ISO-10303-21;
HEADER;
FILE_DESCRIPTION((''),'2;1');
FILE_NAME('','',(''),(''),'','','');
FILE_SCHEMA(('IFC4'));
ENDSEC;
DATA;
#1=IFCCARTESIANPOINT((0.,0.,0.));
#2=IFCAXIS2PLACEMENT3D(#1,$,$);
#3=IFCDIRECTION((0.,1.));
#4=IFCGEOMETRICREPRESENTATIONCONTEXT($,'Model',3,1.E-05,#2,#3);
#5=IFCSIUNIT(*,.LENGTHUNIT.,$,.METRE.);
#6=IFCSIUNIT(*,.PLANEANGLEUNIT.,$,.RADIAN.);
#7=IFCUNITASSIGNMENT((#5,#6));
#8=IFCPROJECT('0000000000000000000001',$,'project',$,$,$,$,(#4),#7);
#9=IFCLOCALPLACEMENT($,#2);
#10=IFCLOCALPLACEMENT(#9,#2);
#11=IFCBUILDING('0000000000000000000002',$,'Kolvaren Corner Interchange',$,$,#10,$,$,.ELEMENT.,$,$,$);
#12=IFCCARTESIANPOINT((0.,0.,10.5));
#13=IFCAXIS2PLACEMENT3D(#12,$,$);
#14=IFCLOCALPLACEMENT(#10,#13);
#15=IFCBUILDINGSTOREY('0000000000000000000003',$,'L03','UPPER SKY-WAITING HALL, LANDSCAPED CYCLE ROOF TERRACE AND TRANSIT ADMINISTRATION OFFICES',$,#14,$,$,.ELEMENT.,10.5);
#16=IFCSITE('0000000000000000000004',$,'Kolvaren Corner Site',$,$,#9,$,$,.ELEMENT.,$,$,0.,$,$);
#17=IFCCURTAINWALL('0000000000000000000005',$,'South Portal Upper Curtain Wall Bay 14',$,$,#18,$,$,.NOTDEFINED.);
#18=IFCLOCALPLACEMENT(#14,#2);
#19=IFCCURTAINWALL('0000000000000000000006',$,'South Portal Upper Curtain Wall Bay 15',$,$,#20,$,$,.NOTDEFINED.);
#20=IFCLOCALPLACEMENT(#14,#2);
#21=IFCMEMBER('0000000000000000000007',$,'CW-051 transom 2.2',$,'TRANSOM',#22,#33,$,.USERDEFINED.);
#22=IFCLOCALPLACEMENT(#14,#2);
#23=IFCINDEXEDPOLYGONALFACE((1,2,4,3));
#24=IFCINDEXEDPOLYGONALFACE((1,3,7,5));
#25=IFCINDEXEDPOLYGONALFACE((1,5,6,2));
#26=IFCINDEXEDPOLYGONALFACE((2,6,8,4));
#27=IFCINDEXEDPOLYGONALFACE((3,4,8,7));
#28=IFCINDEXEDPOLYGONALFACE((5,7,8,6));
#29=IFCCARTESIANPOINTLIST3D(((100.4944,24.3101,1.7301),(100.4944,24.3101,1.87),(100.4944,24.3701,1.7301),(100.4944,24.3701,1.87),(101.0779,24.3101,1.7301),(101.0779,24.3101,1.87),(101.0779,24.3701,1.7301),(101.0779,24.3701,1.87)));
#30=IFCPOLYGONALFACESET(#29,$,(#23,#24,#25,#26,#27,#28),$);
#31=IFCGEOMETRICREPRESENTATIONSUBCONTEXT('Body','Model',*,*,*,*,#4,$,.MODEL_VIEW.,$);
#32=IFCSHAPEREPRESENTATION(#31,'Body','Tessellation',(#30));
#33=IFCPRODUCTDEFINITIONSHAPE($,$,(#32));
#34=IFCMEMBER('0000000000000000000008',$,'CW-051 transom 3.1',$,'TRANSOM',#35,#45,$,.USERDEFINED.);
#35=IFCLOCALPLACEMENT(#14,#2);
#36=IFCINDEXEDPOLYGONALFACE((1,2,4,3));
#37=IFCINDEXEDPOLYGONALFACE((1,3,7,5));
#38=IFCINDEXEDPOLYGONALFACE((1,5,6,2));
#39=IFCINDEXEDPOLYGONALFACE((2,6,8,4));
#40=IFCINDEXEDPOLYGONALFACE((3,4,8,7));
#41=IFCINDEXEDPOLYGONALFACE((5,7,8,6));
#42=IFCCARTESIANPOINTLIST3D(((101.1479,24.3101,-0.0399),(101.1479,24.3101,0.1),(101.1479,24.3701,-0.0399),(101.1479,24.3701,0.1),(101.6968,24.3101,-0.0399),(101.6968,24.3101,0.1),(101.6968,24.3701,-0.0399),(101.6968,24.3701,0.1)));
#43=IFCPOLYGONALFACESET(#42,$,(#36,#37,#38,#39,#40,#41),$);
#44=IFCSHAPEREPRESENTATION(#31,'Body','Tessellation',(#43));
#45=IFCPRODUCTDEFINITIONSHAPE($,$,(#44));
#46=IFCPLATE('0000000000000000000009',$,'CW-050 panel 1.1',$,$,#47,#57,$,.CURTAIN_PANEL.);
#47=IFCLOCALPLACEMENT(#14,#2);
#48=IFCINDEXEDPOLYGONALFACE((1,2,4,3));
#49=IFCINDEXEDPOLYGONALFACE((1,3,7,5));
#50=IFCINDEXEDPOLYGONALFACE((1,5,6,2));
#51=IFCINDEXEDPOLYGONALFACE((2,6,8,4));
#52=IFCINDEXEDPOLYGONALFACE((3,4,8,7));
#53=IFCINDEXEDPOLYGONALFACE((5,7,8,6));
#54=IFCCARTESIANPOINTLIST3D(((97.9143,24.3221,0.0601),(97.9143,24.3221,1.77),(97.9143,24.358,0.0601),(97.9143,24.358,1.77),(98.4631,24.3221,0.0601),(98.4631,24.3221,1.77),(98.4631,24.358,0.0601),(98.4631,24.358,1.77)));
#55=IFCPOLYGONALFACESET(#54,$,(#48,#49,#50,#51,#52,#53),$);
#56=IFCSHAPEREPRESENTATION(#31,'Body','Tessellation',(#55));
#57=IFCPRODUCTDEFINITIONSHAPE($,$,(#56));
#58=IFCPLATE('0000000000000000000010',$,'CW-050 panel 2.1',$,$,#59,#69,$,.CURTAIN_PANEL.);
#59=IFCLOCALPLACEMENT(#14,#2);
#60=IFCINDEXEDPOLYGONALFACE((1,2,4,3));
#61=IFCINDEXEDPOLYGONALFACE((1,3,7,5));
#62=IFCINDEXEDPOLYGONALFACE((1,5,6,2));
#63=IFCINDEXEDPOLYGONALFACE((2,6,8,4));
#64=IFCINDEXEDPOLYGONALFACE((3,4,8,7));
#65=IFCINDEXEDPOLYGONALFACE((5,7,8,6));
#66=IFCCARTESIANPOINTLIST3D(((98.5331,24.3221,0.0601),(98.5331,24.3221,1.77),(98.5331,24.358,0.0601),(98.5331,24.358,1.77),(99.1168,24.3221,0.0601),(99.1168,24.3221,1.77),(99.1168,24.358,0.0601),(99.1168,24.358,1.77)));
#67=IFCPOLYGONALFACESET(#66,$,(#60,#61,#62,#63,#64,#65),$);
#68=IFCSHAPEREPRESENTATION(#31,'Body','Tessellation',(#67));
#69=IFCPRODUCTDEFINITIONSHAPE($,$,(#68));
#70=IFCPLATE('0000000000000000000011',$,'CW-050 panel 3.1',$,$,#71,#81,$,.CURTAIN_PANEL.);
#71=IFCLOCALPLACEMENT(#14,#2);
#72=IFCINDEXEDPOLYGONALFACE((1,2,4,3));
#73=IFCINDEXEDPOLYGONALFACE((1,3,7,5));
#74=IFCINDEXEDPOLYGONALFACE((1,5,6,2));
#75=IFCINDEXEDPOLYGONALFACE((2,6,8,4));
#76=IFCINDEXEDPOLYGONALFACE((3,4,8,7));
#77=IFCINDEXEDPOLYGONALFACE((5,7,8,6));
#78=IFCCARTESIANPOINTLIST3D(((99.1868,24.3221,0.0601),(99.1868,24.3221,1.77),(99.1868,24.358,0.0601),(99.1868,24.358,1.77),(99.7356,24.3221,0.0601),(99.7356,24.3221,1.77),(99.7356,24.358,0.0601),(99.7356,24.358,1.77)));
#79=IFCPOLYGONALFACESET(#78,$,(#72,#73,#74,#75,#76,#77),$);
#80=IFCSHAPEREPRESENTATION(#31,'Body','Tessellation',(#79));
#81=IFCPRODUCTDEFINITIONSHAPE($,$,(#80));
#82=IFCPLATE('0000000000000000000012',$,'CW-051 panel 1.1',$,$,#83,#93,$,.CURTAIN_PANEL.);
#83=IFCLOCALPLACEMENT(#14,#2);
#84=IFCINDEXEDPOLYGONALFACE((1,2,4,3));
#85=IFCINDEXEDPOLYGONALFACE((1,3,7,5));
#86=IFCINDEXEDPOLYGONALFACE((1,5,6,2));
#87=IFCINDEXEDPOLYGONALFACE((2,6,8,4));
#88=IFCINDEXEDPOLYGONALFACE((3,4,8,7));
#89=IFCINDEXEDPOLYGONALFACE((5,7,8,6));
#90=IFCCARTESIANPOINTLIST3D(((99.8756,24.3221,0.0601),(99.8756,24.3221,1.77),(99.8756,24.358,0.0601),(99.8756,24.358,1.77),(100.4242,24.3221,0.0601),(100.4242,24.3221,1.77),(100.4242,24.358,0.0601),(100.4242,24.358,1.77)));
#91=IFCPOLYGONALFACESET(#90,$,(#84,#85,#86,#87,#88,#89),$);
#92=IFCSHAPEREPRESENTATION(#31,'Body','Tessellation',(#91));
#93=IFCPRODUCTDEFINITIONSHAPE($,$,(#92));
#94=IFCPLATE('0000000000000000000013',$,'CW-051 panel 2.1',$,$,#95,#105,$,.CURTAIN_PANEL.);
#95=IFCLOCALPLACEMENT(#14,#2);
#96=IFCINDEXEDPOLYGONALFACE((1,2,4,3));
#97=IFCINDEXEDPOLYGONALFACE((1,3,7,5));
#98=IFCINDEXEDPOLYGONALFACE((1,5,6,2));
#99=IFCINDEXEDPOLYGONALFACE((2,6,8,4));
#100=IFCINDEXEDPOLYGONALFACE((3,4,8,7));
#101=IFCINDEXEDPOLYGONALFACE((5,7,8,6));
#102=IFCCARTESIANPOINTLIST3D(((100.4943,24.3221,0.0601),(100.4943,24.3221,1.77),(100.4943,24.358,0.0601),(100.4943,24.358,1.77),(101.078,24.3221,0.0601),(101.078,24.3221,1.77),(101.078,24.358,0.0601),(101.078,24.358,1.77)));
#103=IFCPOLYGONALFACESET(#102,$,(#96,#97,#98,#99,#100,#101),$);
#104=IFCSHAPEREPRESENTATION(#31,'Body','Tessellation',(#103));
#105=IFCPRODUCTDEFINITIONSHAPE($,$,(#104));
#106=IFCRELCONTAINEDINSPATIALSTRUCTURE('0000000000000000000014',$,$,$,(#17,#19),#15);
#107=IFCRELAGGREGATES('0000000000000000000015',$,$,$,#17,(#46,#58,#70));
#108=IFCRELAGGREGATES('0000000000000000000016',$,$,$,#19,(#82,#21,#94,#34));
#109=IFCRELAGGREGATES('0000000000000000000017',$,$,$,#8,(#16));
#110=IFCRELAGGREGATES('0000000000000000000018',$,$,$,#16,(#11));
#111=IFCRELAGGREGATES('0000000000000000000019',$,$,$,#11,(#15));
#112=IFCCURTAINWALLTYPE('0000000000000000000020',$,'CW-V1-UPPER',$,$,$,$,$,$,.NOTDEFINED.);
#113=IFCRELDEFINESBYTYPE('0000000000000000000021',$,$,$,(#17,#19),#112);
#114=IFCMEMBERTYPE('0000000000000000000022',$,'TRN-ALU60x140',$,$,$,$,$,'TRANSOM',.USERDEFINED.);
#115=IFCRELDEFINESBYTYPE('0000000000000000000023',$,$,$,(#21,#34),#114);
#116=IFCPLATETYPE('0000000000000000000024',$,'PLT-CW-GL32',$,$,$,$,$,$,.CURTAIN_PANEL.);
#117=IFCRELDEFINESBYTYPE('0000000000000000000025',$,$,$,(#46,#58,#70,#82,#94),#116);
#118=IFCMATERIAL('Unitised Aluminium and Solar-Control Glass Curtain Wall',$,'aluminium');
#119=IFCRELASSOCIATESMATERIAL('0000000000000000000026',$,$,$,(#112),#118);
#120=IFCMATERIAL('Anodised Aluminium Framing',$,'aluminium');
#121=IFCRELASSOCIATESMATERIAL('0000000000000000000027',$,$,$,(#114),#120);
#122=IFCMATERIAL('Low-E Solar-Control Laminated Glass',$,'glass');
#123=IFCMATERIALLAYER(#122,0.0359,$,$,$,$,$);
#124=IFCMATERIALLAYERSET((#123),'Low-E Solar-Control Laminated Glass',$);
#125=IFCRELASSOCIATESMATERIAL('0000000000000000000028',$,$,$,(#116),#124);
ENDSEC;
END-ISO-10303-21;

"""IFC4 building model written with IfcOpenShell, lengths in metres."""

from ifc_helpers import new_model, si_unit, direction, frame, origin, origin_2d, place, context, subcontext, project, spatial, rectangle, extrude, material, layer, layer_set, material_profile, profile_set, type_object, element, aggregate, save


model = new_model("IFC4")

# Units and contexts
model_context = context("Model", 3, precision=1e-05, world=origin(), true_north=direction((0.0, 1.0)))
body_context = subcontext(model_context, "Body", "Model", "MODEL_VIEW")
ifc_project = project(units=[si_unit("LENGTHUNIT", "METRE"), si_unit("PLANEANGLEUNIT", "RADIAN")], contexts=[model_context])

# Site, building, storey
site_placement = place(None, origin())
site = spatial("IfcSite", under=ifc_project, at=site_placement, Name="Kolvaren Corner Site", CompositionType="ELEMENT", RefElevation=0.0)
building_placement = place(site_placement, origin())
building = spatial("IfcBuilding", under=site, at=building_placement, Name="Kolvaren Corner Interchange", CompositionType="ELEMENT")
storey_placement = place(building_placement, frame((0.0, 0.0, 10.5)))
storey = spatial("IfcBuildingStorey", under=building, at=storey_placement, Name="L03", Description="UPPER SKY-WAITING HALL, LANDSCAPED CYCLE ROOF TERRACE AND TRANSIT ADMINISTRATION OFFICES", CompositionType="ELEMENT", Elevation=10.5)

# Curtain walls
ifc_material_1 = material(Name="Unitised Aluminium and Solar-Control Glass Curtain Wall", Category="aluminium")
curtain_wall_type = type_object("IfcCurtainWallType", Name="CW-V1-UPPER", PredefinedType="NOTDEFINED", material=ifc_material_1)
curtain_wall_1_placement = place(storey_placement, origin())
curtain_wall_1 = element("IfcCurtainWall", 1, at=curtain_wall_1_placement, inside=storey, type_object=curtain_wall_type, Name="South Portal Upper Curtain Wall Bay 14", PredefinedType="NOTDEFINED")
curtain_wall_2_placement = place(storey_placement, origin())
curtain_wall_2 = element("IfcCurtainWall", 2, at=curtain_wall_2_placement, inside=storey, type_object=curtain_wall_type, Name="South Portal Upper Curtain Wall Bay 15", PredefinedType="NOTDEFINED")

# Members
ifc_material_2 = material(Name="Anodised Aluminium Framing", Category="aluminium")
ifc_material_profile_1 = material_profile(ifc_material_2, rectangle(XDim=0.0601, YDim=0.1399, at=origin_2d()), Name="ALU 60x140")
ifc_profile_set_1 = profile_set([ifc_material_profile_1], Name="Anodised Aluminium Framing")
member_type_1 = type_object("IfcMemberType", Name="TRN-ALU60x140", ElementType="TRANSOM", PredefinedType="USERDEFINED", material=ifc_profile_set_1)
member_1_placement = place(storey_placement, frame((100.4944, 24.3401, 1.8), z_axis=(1.0, 0.0, 0.0), x_axis=(0.0, 1.0, 0.0)))
member_1 = element("IfcMember", 3, at=member_1_placement, type_object=member_type_1, Name="CW-051 transom 2.2", ObjectType="TRANSOM", PredefinedType="USERDEFINED", context=body_context, shape_type="SweptSolid", body=[
    extrude(rectangle(XDim=0.0601, YDim=0.1399, at=origin_2d()), origin(), (0.0, 0.0, 1.0), 0.5835),
])
member_2_placement = place(storey_placement, frame((101.1479, 24.3401, 0.03), z_axis=(1.0, 0.0, 0.0), x_axis=(0.0, 1.0, 0.0)))
member_2 = element("IfcMember", 4, at=member_2_placement, type_object=member_type_1, Name="CW-051 transom 3.1", ObjectType="TRANSOM", PredefinedType="USERDEFINED", context=body_context, shape_type="SweptSolid", body=[
    extrude(rectangle(XDim=0.0601, YDim=0.1399, at=origin_2d()), origin(), (0.0, 0.0, 1.0), 0.5488),
])

# Plates
ifc_material_3 = material(Name="Low-E Solar-Control Laminated Glass", Category="glass")
ifc_layer = layer(ifc_material_3, 0.0359)
ifc_layer_set = layer_set([ifc_layer], Name="Low-E Solar-Control Laminated Glass")
plate_type = type_object("IfcPlateType", Name="PLT-CW-GL32", PredefinedType="CURTAIN_PANEL", material=ifc_layer_set)
plate_1_placement = place(storey_placement, frame((98.1887, 24.3401, 0.0601), z_axis=(0.0, 0.0, 1.0), x_axis=(1.0, 0.0, 0.0)))
plate_1 = element("IfcPlate", 5, at=plate_1_placement, type_object=plate_type, Name="CW-050 panel 1.1", PredefinedType="CURTAIN_PANEL", context=body_context, shape_type="SweptSolid", body=[
    extrude(rectangle(XDim=0.5488, YDim=0.0359, at=origin_2d()), origin(), (0.0, 0.0, 1.0), 1.71),
])
plate_2_placement = place(storey_placement, frame((98.825, 24.3401, 0.0601), z_axis=(0.0, 0.0, 1.0), x_axis=(1.0, 0.0, 0.0)))
plate_2 = element("IfcPlate", 6, at=plate_2_placement, type_object=plate_type, Name="CW-050 panel 2.1", PredefinedType="CURTAIN_PANEL", context=body_context, shape_type="SweptSolid", body=[
    extrude(rectangle(XDim=0.5837, YDim=0.0359, at=origin_2d()), origin(), (0.0, 0.0, 1.0), 1.71),
])
plate_3_placement = place(storey_placement, frame((99.4612, 24.3401, 0.0601), z_axis=(0.0, 0.0, 1.0), x_axis=(1.0, 0.0, 0.0)))
plate_3 = element("IfcPlate", 7, at=plate_3_placement, type_object=plate_type, Name="CW-050 panel 3.1", PredefinedType="CURTAIN_PANEL", context=body_context, shape_type="SweptSolid", body=[
    extrude(rectangle(XDim=0.5488, YDim=0.0359, at=origin_2d()), origin(), (0.0, 0.0, 1.0), 1.71),
])
aggregate(curtain_wall_1, [plate_1, plate_2, plate_3])
plate_4_placement = place(storey_placement, frame((100.1499, 24.3401, 0.0601), z_axis=(0.0, 0.0, 1.0), x_axis=(1.0, 0.0, 0.0)))
plate_4 = element("IfcPlate", 8, at=plate_4_placement, type_object=plate_type, Name="CW-051 panel 1.1", PredefinedType="CURTAIN_PANEL", context=body_context, shape_type="SweptSolid", body=[
    extrude(rectangle(XDim=0.5486, YDim=0.0359, at=origin_2d()), origin(), (0.0, 0.0, 1.0), 1.71),
])
plate_5_placement = place(storey_placement, frame((100.7861, 24.3401, 0.0601), z_axis=(0.0, 0.0, 1.0), x_axis=(1.0, 0.0, 0.0)))
plate_5 = element("IfcPlate", 9, at=plate_5_placement, type_object=plate_type, Name="CW-051 panel 2.1", PredefinedType="CURTAIN_PANEL", context=body_context, shape_type="SweptSolid", body=[
    extrude(rectangle(XDim=0.5837, YDim=0.0359, at=origin_2d()), origin(), (0.0, 0.0, 1.0), 1.71),
])
aggregate(curtain_wall_2, [plate_4, member_1, plate_5, member_2])

save(model, "model.ifc")
